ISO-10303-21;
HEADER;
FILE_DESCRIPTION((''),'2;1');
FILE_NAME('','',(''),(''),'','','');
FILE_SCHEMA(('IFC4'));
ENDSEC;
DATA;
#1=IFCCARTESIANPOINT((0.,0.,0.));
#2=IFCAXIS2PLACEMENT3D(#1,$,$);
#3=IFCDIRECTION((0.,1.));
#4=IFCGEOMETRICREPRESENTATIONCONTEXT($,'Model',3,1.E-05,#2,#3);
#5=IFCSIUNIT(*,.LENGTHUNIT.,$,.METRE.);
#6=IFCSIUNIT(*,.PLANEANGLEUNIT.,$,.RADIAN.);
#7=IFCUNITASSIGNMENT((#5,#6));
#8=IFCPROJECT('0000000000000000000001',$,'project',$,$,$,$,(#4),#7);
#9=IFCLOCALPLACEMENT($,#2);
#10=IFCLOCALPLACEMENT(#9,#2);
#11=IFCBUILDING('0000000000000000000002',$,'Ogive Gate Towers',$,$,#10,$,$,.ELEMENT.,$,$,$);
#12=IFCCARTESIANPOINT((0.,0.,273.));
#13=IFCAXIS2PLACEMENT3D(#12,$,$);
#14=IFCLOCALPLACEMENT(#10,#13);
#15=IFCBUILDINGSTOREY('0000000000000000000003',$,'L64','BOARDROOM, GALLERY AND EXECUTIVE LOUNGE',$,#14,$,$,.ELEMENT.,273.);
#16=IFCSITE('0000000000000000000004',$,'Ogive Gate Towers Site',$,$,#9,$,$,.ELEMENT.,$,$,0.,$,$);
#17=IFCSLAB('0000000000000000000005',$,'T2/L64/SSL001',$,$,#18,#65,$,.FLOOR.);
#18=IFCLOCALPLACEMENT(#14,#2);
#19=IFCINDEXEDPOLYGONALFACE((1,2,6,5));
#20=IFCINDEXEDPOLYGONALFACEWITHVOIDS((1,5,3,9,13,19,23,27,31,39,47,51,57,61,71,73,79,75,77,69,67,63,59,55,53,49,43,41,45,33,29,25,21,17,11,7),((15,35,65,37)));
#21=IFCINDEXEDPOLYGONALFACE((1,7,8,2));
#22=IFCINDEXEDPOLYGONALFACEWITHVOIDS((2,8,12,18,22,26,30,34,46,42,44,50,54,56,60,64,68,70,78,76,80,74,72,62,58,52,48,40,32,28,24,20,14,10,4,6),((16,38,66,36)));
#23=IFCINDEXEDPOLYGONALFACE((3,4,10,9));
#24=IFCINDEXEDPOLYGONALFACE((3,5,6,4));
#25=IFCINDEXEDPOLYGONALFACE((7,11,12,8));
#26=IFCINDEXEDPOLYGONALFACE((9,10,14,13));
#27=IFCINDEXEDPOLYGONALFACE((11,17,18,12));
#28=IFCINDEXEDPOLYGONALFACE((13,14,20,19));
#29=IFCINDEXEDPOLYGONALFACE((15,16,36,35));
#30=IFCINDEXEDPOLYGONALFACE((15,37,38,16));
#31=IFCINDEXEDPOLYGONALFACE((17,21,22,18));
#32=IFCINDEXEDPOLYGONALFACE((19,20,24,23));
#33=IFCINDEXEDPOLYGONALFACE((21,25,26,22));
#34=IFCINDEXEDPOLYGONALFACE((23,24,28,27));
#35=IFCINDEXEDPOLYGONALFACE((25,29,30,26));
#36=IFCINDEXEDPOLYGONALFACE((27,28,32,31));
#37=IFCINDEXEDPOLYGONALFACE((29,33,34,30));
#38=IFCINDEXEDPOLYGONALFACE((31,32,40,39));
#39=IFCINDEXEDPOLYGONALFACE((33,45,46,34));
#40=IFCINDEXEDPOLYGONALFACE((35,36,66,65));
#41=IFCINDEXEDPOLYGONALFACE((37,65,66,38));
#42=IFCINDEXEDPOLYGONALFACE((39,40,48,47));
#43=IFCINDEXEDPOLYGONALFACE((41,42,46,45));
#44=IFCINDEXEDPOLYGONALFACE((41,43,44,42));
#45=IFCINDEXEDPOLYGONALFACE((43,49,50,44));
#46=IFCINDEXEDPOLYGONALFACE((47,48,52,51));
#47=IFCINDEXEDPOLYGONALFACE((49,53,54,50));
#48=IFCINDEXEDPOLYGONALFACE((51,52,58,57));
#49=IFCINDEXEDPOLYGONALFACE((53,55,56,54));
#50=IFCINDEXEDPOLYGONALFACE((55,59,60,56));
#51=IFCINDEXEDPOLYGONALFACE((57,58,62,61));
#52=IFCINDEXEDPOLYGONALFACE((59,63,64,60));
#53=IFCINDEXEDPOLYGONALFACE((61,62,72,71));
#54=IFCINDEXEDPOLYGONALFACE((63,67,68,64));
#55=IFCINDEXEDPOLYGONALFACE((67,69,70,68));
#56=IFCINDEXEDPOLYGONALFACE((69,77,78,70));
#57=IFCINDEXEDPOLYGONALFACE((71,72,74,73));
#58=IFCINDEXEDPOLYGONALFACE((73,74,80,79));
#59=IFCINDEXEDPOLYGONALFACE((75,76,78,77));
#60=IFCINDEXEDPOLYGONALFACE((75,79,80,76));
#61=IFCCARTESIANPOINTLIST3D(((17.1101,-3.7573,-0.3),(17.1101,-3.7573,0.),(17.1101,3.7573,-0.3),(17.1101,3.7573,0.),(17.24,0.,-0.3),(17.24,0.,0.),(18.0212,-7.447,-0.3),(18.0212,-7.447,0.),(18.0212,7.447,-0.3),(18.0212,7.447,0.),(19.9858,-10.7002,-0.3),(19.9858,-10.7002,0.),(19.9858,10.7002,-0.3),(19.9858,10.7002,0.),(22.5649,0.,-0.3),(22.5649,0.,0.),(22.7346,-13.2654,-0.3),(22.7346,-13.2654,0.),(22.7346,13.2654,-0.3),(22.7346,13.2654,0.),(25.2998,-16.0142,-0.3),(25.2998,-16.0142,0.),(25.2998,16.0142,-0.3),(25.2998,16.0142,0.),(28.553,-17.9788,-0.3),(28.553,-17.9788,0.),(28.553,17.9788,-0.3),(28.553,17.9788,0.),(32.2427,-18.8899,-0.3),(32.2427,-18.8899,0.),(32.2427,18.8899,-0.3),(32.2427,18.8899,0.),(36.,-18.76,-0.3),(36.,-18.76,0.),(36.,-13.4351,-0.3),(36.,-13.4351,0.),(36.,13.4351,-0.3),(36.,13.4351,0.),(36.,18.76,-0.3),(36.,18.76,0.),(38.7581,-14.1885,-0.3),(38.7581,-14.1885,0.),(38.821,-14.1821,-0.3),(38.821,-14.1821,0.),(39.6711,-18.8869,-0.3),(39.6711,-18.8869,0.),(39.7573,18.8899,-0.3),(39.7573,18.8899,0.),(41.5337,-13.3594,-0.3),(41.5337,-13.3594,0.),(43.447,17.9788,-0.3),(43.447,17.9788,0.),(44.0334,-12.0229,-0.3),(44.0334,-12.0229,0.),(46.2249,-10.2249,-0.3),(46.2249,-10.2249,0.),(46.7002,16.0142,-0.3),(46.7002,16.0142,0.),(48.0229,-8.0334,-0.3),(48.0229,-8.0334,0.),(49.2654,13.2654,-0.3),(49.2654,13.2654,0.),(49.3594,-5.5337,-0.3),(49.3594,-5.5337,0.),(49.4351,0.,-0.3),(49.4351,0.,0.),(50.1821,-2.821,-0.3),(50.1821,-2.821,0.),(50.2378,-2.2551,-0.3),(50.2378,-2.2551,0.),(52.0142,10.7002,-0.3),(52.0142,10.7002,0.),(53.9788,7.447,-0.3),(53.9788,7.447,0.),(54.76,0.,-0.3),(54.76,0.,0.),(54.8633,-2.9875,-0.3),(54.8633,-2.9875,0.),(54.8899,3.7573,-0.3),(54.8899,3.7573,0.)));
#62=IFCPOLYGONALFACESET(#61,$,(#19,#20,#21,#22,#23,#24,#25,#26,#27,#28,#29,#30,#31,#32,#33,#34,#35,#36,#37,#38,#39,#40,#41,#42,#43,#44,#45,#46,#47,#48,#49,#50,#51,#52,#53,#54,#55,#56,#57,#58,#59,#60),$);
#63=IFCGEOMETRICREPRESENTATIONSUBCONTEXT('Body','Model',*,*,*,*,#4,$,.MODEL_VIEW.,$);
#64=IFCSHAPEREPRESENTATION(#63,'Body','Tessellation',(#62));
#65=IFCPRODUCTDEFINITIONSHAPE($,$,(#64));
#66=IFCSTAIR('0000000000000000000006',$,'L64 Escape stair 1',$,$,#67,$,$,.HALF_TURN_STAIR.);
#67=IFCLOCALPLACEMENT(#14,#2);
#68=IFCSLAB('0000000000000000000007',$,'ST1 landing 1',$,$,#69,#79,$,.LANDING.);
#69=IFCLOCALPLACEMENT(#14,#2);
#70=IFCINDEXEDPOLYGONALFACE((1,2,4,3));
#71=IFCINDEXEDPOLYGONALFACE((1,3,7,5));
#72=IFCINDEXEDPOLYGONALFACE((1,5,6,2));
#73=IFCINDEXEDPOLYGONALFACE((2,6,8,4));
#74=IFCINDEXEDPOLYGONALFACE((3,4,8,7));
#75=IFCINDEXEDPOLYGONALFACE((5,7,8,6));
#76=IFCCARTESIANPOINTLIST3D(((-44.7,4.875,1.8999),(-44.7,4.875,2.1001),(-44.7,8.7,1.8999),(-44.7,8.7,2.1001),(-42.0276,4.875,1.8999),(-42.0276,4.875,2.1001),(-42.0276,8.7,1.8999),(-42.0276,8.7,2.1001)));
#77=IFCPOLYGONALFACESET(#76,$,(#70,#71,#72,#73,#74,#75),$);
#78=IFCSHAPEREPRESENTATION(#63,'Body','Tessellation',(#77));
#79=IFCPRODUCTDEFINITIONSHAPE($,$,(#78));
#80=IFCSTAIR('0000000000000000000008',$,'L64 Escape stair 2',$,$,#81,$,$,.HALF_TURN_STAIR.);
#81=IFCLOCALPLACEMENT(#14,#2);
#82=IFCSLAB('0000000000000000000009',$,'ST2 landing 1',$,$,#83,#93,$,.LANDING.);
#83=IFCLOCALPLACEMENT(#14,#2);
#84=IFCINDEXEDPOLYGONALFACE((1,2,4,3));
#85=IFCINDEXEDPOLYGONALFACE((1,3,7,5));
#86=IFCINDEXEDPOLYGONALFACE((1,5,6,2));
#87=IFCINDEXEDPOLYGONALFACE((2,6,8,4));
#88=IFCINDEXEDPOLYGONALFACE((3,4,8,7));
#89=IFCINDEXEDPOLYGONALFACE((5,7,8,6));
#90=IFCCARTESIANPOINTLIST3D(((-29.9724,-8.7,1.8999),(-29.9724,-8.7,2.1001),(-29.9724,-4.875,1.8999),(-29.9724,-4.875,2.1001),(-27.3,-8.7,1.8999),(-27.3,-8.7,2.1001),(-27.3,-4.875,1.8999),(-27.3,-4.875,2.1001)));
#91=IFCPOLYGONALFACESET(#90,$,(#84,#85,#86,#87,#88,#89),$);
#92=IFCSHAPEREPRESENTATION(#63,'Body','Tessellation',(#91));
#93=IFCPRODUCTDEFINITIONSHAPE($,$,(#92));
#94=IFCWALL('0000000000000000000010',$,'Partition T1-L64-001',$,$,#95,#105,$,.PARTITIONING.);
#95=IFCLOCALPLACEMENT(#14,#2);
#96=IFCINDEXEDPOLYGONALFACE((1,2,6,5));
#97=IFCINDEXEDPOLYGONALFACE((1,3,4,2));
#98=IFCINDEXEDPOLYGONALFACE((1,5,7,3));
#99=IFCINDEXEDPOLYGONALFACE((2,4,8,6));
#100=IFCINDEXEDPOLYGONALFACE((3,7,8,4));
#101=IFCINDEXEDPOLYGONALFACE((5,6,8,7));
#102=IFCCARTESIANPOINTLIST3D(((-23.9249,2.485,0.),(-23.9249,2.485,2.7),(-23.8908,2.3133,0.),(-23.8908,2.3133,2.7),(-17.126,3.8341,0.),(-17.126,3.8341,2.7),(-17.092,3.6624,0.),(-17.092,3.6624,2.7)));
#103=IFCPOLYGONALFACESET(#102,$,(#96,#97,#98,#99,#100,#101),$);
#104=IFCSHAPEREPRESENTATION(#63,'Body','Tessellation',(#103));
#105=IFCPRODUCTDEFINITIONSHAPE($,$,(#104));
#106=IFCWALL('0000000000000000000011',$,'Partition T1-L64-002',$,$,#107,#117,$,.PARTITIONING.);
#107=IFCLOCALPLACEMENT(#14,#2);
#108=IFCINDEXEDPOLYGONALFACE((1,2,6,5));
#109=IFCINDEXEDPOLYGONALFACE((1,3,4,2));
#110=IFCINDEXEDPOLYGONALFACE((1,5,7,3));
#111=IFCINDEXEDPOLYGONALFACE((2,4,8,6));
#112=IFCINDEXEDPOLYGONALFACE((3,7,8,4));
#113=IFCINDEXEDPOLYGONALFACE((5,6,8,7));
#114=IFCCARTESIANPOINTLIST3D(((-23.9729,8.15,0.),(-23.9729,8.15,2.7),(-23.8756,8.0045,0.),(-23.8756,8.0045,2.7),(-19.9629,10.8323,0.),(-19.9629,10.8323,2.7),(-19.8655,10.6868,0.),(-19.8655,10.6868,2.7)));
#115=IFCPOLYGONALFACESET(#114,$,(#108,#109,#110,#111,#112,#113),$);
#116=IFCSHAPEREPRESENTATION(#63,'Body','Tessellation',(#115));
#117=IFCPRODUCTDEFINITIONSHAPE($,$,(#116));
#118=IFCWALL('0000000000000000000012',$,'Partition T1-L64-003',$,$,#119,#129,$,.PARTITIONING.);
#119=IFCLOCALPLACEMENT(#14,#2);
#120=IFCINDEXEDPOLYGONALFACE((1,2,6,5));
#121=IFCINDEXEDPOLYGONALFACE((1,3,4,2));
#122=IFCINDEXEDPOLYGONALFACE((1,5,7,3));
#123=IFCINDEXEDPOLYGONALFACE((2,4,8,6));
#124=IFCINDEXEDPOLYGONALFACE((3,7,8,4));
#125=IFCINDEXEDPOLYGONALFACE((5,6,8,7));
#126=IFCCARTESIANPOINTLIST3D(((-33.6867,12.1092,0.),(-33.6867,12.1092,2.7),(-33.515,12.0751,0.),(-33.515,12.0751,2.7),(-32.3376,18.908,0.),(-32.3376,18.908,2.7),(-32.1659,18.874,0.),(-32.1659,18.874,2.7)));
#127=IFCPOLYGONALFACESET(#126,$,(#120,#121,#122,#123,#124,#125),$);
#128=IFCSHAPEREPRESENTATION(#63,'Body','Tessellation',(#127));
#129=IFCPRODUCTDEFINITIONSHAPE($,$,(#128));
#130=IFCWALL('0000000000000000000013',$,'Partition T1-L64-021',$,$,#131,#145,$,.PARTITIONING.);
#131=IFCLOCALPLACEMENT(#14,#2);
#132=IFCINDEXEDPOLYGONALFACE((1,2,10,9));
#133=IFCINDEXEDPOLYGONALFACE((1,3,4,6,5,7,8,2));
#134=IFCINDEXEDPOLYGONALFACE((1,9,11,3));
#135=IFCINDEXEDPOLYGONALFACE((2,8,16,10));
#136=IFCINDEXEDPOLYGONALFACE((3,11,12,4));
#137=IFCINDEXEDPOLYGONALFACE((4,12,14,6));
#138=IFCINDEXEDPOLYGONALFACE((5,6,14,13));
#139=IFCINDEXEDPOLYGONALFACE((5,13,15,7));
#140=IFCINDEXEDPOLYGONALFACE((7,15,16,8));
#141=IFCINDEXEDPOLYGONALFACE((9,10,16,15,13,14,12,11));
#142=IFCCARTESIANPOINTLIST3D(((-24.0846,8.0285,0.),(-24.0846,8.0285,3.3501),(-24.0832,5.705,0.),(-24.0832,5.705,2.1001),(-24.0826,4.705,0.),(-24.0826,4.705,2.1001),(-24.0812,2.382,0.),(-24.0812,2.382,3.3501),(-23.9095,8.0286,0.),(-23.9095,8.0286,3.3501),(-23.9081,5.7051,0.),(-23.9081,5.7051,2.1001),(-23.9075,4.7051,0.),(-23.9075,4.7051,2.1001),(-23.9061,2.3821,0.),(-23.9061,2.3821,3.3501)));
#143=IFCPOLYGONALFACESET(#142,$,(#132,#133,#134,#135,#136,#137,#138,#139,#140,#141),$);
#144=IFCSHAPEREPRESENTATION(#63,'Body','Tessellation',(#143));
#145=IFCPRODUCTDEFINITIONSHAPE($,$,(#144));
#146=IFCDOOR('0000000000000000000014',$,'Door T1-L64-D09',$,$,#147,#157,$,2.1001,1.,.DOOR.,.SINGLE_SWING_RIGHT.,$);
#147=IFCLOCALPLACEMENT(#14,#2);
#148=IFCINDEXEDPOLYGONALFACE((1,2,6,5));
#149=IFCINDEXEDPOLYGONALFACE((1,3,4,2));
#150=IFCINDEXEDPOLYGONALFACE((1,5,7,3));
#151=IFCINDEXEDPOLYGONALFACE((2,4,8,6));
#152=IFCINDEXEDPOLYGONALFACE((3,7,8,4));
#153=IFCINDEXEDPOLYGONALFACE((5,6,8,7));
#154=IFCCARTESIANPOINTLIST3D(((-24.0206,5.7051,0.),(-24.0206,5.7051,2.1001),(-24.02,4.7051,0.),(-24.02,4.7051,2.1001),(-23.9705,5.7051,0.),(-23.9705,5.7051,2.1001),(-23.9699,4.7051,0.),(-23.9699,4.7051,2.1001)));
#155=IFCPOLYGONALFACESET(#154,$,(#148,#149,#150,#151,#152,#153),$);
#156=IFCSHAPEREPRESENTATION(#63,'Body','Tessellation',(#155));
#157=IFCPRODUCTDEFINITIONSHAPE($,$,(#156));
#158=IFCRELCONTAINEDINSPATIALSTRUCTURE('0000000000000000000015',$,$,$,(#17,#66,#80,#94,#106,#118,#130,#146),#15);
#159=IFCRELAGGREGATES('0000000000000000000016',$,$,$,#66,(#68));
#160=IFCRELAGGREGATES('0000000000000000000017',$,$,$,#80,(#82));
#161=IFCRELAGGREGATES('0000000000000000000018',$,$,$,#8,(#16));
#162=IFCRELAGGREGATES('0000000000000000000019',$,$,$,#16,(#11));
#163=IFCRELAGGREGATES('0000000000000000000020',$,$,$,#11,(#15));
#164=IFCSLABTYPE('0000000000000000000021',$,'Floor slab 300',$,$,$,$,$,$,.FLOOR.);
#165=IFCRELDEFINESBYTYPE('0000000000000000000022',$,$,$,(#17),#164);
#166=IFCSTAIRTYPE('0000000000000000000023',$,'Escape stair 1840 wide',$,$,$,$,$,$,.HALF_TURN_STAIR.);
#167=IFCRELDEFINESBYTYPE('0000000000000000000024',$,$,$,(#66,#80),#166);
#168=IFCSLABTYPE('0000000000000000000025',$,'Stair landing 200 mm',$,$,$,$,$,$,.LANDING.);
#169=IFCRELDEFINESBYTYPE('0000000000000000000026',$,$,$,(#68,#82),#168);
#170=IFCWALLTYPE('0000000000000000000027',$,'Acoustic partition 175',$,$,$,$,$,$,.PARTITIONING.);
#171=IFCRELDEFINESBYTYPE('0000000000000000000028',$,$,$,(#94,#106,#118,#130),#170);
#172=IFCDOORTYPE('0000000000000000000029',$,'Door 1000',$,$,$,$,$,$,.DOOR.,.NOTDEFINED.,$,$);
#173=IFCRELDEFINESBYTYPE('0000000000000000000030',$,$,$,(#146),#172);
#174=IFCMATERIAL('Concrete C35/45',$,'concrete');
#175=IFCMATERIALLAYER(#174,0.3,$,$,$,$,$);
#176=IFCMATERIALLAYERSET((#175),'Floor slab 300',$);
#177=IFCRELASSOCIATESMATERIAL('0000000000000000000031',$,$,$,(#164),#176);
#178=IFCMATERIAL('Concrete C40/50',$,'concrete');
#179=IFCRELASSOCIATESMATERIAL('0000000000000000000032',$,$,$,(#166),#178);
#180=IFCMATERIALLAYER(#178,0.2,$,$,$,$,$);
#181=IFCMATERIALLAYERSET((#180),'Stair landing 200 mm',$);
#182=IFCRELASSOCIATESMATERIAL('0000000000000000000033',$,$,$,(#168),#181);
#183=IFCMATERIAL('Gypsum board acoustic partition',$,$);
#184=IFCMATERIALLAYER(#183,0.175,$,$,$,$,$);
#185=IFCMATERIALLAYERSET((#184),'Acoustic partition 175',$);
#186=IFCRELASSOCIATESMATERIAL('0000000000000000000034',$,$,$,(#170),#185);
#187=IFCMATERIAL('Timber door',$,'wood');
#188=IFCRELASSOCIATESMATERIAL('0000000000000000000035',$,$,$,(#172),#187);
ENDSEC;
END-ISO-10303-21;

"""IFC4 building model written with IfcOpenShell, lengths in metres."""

from ifc_helpers import new_model, si_unit, direction, frame, frame_2d, origin, place, context, subcontext, project, spatial, polyline, rectangle, outline, extrude, material, layer, layer_set, type_object, element, fill, aggregate, save


model = new_model("IFC4")

# Units and contexts
model_context = context("Model", 3, precision=1e-05, world=origin(), true_north=direction((0.0, 1.0)))
body_context = subcontext(model_context, "Body", "Model", "MODEL_VIEW")
ifc_project = project(units=[si_unit("LENGTHUNIT", "METRE"), si_unit("PLANEANGLEUNIT", "RADIAN")], contexts=[model_context])

# Site, building, storey
site_placement = place(None, origin())
site = spatial("IfcSite", under=ifc_project, at=site_placement, Name="Ogive Gate Towers Site", CompositionType="ELEMENT", RefElevation=0.0)
building_placement = place(site_placement, origin())
building = spatial("IfcBuilding", under=site, at=building_placement, Name="Ogive Gate Towers", CompositionType="ELEMENT")
storey_placement = place(building_placement, frame((0.0, 0.0, 273.0)))
storey = spatial("IfcBuildingStorey", under=building, at=storey_placement, Name="L64", Description="BOARDROOM, GALLERY AND EXECUTIVE LOUNGE", CompositionType="ELEMENT", Elevation=273.0)

# Slab
ifc_material_1 = material(Name="Concrete C40/50", Category="concrete")
ifc_material_2 = material(Name="Concrete C35/45", Category="concrete")
ifc_layer_1 = layer(ifc_material_2, 0.3)
ifc_layer_set_1 = layer_set([ifc_layer_1], Name="Floor slab 300")
slab_type_1 = type_object("IfcSlabType", Name="Floor slab 300", PredefinedType="FLOOR", material=ifc_layer_set_1)
slab_1_placement = place(storey_placement, frame((0.0, 0.0, -0.3)))
element("IfcSlab", 1, at=slab_1_placement, inside=storey, type_object=slab_type_1, Name="T2/L64/SSL001", PredefinedType="FLOOR", context=body_context, shape_type="SweptSolid", body=[
    extrude(outline(polyline([(32.2427, -18.8899), (36.0, -18.76), (39.7573, -18.8899), (39.6711, -18.887), (38.7581, -14.1885), (38.821, -14.1821), (41.5337, -13.3594), (44.0334, -12.0229), (46.2249, -10.2249), (48.0229, -8.0334), (49.3594, -5.5337), (50.1821, -2.821), (50.2378, -2.2551), (54.8633, -2.9875), (54.76, 0.0), (54.8899, 3.7573), (53.9788, 7.447), (52.0142, 10.7002), (49.2654, 13.2654), (46.7002, 16.0142), (43.447, 17.9788), (39.7573, 18.8899), (36.0, 18.76), (32.2427, 18.8899), (28.553, 17.9788), (25.2998, 16.0142), (22.7346, 13.2654), (19.9858, 10.7002), (18.0212, 7.447), (17.1101, 3.7573), (17.24, 0.0), (17.1101, -3.7573), (18.0212, -7.447), (19.9858, -10.7002), (22.7346, -13.2654), (25.2998, -16.0142), (28.553, -17.9788), (32.2427, -18.8899)]), holes=[polyline([(49.4351, 0.0), (36.0, -13.4351), (22.5649, 0.0), (36.0, 13.4351), (49.4351, 0.0)])]), origin(), (0.0, 0.0, 1.0), 0.3),
])

# Stairs, slabs
stair_type = type_object("IfcStairType", Name="Escape stair 1840 wide", PredefinedType="HALF_TURN_STAIR", material=ifc_material_1)
stair_1_placement = place(storey_placement, origin())
stair_1 = element("IfcStair", 2, at=stair_1_placement, inside=storey, type_object=stair_type, Name="L64 Escape stair 1", PredefinedType="HALF_TURN_STAIR")
ifc_layer_2 = layer(ifc_material_1, 0.2)
ifc_layer_set_2 = layer_set([ifc_layer_2], Name="Stair landing 200 mm")
slab_type_2 = type_object("IfcSlabType", Name="Stair landing 200 mm", PredefinedType="LANDING", material=ifc_layer_set_2)
slab_2_placement = place(storey_placement, frame((0.0, 0.0, 1.8999)))
slab_2 = element("IfcSlab", 3, at=slab_2_placement, type_object=slab_type_2, Name="ST1 landing 1", PredefinedType="LANDING", context=body_context, shape_type="SweptSolid", body=[
    extrude(outline(polyline([(-42.0276, 8.7), (-44.7, 8.7), (-44.7, 4.875), (-42.0276, 4.875), (-42.0276, 8.7)])), origin(), (0.0, 0.0, 1.0), 0.2002),
])
aggregate(stair_1, [slab_2])
stair_2_placement = place(storey_placement, origin())
stair_2 = element("IfcStair", 4, at=stair_2_placement, inside=storey, type_object=stair_type, Name="L64 Escape stair 2", PredefinedType="HALF_TURN_STAIR")
slab_3_placement = place(storey_placement, frame((0.0, 0.0, 1.8999)))
slab_3 = element("IfcSlab", 5, at=slab_3_placement, type_object=slab_type_2, Name="ST2 landing 1", PredefinedType="LANDING", context=body_context, shape_type="SweptSolid", body=[
    extrude(outline(polyline([(-29.9724, -8.7), (-27.3, -8.7), (-27.3, -4.875), (-29.9724, -4.875), (-29.9724, -8.7)])), origin(), (0.0, 0.0, 1.0), 0.2002),
])
aggregate(stair_2, [slab_3])

# Walls
ifc_material_3 = material(Name="Gypsum board acoustic partition")
ifc_layer_3 = layer(ifc_material_3, 0.175)
ifc_layer_set_3 = layer_set([ifc_layer_3], Name="Acoustic partition 175")
wall_type_1 = type_object("IfcWallType", Name="Acoustic partition 175", PredefinedType="PARTITIONING", material=ifc_layer_set_3)
wall_1_placement = place(storey_placement, frame((-17.1089, 3.7483, 0.0), z_axis=(0.0, 0.0, 1.0), x_axis=(-0.980875, -0.194639, 0.0)))
element("IfcWall", 6, at=wall_1_placement, inside=storey, type_object=wall_type_1, Name="Partition T1-L64-001", PredefinedType="PARTITIONING", context=body_context, shape_type="SweptSolid", body=[
    extrude(rectangle(XDim=6.9314, YDim=0.175, at=frame_2d((3.4658, 0.0))), origin(), (0.0, 0.0, 1.0), 2.7),
])
wall_2_placement = place(storey_placement, frame((-19.9143, 10.7595, 0.0), z_axis=(0.0, 0.0, 1.0), x_axis=(-0.831185, -0.555996, 0.0)))
element("IfcWall", 7, at=wall_2_placement, inside=storey, type_object=wall_type_1, Name="Partition T1-L64-002", PredefinedType="PARTITIONING", context=body_context, shape_type="SweptSolid", body=[
    extrude(rectangle(XDim=4.8245, YDim=0.175, at=frame_2d((2.4121, 0.0))), origin(), (0.0, 0.0, 1.0), 2.7),
])
wall_3_placement = place(storey_placement, frame((-32.2517, 18.8911, 0.0), z_axis=(0.0, 0.0, 1.0), x_axis=(-0.194639, -0.980875, 0.0)))
element("IfcWall", 8, at=wall_3_placement, inside=storey, type_object=wall_type_1, Name="Partition T1-L64-003", PredefinedType="PARTITIONING", context=body_context, shape_type="SweptSolid", body=[
    extrude(rectangle(XDim=6.9314, YDim=0.175, at=frame_2d((3.4658, 0.0))), origin(), (0.0, 0.0, 1.0), 2.7),
])

# Wall, opening, door
wall_4_placement = place(storey_placement, frame((-23.9937, 2.3821, 0.0), z_axis=(0.0, 0.0, 1.0), x_axis=(-0.000605, 1.0, 0.0)))
wall_4 = element("IfcWall", 9, at=wall_4_placement, inside=storey, type_object=wall_type_1, Name="Partition T1-L64-021", PredefinedType="PARTITIONING", context=body_context, shape_type="SweptSolid", body=[
    extrude(rectangle(XDim=5.6465, YDim=0.175, at=frame_2d((2.8232, 0.0))), origin(), (0.0, 0.0, 1.0), 3.3501),
])
opening_1_placement = place(wall_4_placement, frame((2.323, 0.0, 0.0)))
opening_1 = element("IfcOpeningElement", 10, at=opening_1_placement, cuts=wall_4, PredefinedType="OPENING", context=body_context, shape_type="SweptSolid", body=[
    extrude(rectangle(XDim=1.0, YDim=2.1001, at=frame_2d((0.5, 1.05))), frame((0.0, 0.0977, 0.0), z_axis=(0.0, -1.0, 0.0), x_axis=(1.0, 0.0, 0.0)), (0.0, 0.0, 1.0), 0.1951),
])
ifc_material_4 = material(Name="Timber door", Category="wood")
door_type_1 = type_object("IfcDoorType", Name="Door 1000", OperationType="NOTDEFINED", PredefinedType="DOOR", material=ifc_material_4)
door_1_placement = place(opening_1_placement, origin())
door_1 = element("IfcDoor", 11, at=door_1_placement, inside=storey, type_object=door_type_1, Name="Door T1-L64-D09", OperationType="SINGLE_SWING_RIGHT", OverallHeight=2.1001, OverallWidth=1.0, PredefinedType="DOOR", context=body_context, shape_type="SweptSolid", body=[
    extrude(rectangle(XDim=1.0, YDim=2.1001, at=frame_2d((0.5, 1.05))), frame((0.0, 0.0249, 0.0), z_axis=(0.0, -1.0, 0.0), x_axis=(1.0, 0.0, 0.0)), (0.0, 0.0, 1.0), 0.05),
])
fill(opening_1, door_1)

save(model, "model.ifc")
